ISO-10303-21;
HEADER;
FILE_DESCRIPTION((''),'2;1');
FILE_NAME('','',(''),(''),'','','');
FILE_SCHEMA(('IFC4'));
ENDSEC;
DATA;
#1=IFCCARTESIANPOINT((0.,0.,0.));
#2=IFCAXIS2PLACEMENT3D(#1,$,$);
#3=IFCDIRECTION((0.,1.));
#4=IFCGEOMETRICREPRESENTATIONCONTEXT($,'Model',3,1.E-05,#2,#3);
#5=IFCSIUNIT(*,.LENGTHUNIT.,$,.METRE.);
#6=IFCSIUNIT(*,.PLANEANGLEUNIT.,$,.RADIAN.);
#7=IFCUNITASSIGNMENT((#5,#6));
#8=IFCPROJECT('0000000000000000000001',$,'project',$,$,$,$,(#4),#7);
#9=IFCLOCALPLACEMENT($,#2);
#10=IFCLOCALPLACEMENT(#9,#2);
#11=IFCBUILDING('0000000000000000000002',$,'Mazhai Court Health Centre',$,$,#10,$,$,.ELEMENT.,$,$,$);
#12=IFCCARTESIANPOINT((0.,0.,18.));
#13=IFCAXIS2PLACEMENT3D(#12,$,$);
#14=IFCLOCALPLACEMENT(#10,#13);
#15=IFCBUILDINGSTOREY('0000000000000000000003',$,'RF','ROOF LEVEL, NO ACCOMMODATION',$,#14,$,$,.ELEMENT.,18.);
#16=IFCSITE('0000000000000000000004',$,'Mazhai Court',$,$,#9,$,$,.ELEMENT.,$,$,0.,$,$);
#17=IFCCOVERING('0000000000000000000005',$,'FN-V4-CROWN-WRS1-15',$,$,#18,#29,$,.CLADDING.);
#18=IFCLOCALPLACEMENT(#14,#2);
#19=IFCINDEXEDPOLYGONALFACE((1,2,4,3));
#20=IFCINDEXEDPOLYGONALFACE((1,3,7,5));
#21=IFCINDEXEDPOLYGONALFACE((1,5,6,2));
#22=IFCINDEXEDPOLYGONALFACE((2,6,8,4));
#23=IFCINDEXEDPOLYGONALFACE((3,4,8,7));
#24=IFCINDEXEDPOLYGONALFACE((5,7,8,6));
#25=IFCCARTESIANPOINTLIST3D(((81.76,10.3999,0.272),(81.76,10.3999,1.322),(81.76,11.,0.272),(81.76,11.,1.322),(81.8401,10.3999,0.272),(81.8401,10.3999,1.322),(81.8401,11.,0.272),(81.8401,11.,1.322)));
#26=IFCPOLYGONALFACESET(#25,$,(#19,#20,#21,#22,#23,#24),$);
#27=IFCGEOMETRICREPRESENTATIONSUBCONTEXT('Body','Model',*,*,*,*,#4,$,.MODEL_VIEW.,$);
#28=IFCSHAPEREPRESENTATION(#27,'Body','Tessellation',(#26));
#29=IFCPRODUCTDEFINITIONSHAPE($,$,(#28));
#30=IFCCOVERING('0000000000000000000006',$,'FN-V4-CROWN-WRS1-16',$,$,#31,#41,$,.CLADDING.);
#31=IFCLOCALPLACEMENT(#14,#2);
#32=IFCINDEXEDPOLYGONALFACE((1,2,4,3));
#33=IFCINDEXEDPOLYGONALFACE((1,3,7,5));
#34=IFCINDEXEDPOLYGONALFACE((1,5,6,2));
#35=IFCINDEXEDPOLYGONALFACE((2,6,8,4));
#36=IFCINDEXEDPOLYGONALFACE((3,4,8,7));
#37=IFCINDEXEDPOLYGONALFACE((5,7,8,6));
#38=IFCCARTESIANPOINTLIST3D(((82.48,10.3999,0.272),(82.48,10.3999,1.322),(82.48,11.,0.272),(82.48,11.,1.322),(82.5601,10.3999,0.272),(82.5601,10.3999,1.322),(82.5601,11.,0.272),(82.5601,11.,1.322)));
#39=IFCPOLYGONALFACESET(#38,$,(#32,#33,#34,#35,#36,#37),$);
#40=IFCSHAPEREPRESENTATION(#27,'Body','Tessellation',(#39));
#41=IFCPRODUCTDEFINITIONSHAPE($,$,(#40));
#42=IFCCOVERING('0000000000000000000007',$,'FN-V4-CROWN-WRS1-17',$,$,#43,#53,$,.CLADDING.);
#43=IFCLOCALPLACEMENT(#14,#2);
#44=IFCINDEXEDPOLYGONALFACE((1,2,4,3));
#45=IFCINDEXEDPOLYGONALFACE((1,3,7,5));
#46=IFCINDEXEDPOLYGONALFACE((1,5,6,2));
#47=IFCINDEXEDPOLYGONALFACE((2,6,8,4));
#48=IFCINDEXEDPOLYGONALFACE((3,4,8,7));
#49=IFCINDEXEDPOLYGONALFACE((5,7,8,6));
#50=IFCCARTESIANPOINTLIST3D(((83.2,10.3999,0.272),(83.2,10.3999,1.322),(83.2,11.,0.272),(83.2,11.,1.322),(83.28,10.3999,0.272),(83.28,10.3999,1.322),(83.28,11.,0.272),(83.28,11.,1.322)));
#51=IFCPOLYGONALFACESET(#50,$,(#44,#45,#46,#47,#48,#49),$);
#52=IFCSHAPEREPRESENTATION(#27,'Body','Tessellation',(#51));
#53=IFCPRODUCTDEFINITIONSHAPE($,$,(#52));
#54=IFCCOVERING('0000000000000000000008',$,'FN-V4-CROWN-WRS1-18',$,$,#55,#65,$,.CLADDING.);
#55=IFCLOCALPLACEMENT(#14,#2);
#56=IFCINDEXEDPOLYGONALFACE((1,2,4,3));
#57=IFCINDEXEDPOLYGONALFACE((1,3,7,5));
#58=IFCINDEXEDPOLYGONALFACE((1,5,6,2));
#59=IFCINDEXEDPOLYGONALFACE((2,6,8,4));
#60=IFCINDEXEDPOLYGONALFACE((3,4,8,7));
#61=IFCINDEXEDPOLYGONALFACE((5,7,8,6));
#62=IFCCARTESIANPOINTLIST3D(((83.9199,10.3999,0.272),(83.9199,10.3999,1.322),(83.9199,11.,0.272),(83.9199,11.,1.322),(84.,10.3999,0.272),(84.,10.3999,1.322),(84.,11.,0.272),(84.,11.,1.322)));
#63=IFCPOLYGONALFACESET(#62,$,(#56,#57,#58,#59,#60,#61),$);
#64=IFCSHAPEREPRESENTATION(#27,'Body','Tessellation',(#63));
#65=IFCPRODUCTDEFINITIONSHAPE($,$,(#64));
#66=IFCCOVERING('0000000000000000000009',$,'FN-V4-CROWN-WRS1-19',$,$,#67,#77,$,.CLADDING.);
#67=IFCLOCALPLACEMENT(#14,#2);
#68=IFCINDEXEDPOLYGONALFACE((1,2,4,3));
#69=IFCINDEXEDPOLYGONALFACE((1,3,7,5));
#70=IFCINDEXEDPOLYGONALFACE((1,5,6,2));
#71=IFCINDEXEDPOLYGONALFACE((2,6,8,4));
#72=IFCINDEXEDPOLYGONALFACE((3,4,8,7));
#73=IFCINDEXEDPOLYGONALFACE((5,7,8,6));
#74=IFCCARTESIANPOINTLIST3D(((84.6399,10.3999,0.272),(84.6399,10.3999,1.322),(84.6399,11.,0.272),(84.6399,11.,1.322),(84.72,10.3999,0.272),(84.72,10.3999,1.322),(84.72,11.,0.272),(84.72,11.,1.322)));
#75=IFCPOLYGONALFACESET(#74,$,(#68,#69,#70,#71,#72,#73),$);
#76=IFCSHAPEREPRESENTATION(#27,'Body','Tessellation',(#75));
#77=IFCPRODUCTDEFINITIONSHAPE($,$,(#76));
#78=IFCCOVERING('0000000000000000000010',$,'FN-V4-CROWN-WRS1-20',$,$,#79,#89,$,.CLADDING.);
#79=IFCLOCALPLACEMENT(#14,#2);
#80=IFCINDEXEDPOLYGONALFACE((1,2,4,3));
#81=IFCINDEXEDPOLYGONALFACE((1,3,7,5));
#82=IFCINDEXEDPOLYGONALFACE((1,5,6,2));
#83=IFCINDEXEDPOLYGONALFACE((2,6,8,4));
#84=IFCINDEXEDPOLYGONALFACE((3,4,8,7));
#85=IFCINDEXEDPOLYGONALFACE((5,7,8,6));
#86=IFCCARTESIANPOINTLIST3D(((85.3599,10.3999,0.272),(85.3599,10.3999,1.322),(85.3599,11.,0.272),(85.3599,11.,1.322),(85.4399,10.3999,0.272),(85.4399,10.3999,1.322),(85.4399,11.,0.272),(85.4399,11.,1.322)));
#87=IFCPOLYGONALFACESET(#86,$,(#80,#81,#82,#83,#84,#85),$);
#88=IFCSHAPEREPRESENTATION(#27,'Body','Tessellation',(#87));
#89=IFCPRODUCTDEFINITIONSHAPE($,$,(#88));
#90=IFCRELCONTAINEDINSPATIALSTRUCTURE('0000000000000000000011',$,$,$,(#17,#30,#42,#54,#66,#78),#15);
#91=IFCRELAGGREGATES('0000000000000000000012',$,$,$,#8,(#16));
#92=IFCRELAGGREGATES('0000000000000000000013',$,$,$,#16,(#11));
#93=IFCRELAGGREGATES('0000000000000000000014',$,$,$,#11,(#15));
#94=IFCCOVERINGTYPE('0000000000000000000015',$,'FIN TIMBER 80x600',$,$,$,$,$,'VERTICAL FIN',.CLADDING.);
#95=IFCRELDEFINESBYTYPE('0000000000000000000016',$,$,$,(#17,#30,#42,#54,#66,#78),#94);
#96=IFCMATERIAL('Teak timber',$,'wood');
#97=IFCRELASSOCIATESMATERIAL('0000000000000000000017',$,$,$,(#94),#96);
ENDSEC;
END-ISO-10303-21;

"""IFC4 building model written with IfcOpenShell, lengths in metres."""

from ifc_helpers import new_model, si_unit, direction, frame, origin, origin_2d, place, context, subcontext, project, spatial, rectangle, extrude, material, type_object, element, save


model = new_model("IFC4")

# Units and contexts
model_context = context("Model", 3, precision=1e-05, world=origin(), true_north=direction((0.0, 1.0)))
body_context = subcontext(model_context, "Body", "Model", "MODEL_VIEW")
ifc_project = project(units=[si_unit("LENGTHUNIT", "METRE"), si_unit("PLANEANGLEUNIT", "RADIAN")], contexts=[model_context])

# Site, building, storey
site_placement = place(None, origin())
site = spatial("IfcSite", under=ifc_project, at=site_placement, Name="Mazhai Court", CompositionType="ELEMENT", RefElevation=0.0)
building_placement = place(site_placement, origin())
building = spatial("IfcBuilding", under=site, at=building_placement, Name="Mazhai Court Health Centre", CompositionType="ELEMENT")
storey_placement = place(building_placement, frame((0.0, 0.0, 18.0)))
storey = spatial("IfcBuildingStorey", under=building, at=storey_placement, Name="RF", Description="ROOF LEVEL, NO ACCOMMODATION", CompositionType="ELEMENT", Elevation=18.0)

# Coverings
ifc_material_1 = material(Name="Teak timber", Category="wood")
covering_type = type_object("IfcCoveringType", Name="FIN TIMBER 80x600", ElementType="VERTICAL FIN", PredefinedType="CLADDING", material=ifc_material_1)
for number, where, z_axis, x_axis, name in (
    (1, (81.8, 10.7, 0.272), (0.0, 0.0, 1.0), (1.0, 0.0, 0.0), "FN-V4-CROWN-WRS1-15"),
    (2, (82.52, 10.7, 0.272), (0.0, 0.0, 1.0), (1.0, 0.0, 0.0), "FN-V4-CROWN-WRS1-16"),
    (3, (83.24, 10.7, 0.272), (0.0, 0.0, 1.0), (1.0, 0.0, 0.0), "FN-V4-CROWN-WRS1-17"),
    (4, (83.96, 10.7, 0.272), (0.0, 0.0, 1.0), (1.0, 0.0, 0.0), "FN-V4-CROWN-WRS1-18"),
    (5, (84.6799, 10.7, 0.272), (0.0, 0.0, 1.0), (1.0, 0.0, 0.0), "FN-V4-CROWN-WRS1-19"),
    (6, (85.3999, 10.7, 0.272), (0.0, 0.0, 1.0), (1.0, 0.0, 0.0), "FN-V4-CROWN-WRS1-20"),
):
    element("IfcCovering", number, at=place(storey_placement, frame(where, z_axis=z_axis, x_axis=x_axis)), inside=storey, type_object=covering_type, Name=name, PredefinedType="CLADDING", context=body_context, shape_type="SweptSolid", body=[
        extrude(rectangle(XDim=0.0801, YDim=0.6001, at=origin_2d()), origin(), (0.0, 0.0, 1.0), 1.05),
    ])

save(model, "model.ifc")
